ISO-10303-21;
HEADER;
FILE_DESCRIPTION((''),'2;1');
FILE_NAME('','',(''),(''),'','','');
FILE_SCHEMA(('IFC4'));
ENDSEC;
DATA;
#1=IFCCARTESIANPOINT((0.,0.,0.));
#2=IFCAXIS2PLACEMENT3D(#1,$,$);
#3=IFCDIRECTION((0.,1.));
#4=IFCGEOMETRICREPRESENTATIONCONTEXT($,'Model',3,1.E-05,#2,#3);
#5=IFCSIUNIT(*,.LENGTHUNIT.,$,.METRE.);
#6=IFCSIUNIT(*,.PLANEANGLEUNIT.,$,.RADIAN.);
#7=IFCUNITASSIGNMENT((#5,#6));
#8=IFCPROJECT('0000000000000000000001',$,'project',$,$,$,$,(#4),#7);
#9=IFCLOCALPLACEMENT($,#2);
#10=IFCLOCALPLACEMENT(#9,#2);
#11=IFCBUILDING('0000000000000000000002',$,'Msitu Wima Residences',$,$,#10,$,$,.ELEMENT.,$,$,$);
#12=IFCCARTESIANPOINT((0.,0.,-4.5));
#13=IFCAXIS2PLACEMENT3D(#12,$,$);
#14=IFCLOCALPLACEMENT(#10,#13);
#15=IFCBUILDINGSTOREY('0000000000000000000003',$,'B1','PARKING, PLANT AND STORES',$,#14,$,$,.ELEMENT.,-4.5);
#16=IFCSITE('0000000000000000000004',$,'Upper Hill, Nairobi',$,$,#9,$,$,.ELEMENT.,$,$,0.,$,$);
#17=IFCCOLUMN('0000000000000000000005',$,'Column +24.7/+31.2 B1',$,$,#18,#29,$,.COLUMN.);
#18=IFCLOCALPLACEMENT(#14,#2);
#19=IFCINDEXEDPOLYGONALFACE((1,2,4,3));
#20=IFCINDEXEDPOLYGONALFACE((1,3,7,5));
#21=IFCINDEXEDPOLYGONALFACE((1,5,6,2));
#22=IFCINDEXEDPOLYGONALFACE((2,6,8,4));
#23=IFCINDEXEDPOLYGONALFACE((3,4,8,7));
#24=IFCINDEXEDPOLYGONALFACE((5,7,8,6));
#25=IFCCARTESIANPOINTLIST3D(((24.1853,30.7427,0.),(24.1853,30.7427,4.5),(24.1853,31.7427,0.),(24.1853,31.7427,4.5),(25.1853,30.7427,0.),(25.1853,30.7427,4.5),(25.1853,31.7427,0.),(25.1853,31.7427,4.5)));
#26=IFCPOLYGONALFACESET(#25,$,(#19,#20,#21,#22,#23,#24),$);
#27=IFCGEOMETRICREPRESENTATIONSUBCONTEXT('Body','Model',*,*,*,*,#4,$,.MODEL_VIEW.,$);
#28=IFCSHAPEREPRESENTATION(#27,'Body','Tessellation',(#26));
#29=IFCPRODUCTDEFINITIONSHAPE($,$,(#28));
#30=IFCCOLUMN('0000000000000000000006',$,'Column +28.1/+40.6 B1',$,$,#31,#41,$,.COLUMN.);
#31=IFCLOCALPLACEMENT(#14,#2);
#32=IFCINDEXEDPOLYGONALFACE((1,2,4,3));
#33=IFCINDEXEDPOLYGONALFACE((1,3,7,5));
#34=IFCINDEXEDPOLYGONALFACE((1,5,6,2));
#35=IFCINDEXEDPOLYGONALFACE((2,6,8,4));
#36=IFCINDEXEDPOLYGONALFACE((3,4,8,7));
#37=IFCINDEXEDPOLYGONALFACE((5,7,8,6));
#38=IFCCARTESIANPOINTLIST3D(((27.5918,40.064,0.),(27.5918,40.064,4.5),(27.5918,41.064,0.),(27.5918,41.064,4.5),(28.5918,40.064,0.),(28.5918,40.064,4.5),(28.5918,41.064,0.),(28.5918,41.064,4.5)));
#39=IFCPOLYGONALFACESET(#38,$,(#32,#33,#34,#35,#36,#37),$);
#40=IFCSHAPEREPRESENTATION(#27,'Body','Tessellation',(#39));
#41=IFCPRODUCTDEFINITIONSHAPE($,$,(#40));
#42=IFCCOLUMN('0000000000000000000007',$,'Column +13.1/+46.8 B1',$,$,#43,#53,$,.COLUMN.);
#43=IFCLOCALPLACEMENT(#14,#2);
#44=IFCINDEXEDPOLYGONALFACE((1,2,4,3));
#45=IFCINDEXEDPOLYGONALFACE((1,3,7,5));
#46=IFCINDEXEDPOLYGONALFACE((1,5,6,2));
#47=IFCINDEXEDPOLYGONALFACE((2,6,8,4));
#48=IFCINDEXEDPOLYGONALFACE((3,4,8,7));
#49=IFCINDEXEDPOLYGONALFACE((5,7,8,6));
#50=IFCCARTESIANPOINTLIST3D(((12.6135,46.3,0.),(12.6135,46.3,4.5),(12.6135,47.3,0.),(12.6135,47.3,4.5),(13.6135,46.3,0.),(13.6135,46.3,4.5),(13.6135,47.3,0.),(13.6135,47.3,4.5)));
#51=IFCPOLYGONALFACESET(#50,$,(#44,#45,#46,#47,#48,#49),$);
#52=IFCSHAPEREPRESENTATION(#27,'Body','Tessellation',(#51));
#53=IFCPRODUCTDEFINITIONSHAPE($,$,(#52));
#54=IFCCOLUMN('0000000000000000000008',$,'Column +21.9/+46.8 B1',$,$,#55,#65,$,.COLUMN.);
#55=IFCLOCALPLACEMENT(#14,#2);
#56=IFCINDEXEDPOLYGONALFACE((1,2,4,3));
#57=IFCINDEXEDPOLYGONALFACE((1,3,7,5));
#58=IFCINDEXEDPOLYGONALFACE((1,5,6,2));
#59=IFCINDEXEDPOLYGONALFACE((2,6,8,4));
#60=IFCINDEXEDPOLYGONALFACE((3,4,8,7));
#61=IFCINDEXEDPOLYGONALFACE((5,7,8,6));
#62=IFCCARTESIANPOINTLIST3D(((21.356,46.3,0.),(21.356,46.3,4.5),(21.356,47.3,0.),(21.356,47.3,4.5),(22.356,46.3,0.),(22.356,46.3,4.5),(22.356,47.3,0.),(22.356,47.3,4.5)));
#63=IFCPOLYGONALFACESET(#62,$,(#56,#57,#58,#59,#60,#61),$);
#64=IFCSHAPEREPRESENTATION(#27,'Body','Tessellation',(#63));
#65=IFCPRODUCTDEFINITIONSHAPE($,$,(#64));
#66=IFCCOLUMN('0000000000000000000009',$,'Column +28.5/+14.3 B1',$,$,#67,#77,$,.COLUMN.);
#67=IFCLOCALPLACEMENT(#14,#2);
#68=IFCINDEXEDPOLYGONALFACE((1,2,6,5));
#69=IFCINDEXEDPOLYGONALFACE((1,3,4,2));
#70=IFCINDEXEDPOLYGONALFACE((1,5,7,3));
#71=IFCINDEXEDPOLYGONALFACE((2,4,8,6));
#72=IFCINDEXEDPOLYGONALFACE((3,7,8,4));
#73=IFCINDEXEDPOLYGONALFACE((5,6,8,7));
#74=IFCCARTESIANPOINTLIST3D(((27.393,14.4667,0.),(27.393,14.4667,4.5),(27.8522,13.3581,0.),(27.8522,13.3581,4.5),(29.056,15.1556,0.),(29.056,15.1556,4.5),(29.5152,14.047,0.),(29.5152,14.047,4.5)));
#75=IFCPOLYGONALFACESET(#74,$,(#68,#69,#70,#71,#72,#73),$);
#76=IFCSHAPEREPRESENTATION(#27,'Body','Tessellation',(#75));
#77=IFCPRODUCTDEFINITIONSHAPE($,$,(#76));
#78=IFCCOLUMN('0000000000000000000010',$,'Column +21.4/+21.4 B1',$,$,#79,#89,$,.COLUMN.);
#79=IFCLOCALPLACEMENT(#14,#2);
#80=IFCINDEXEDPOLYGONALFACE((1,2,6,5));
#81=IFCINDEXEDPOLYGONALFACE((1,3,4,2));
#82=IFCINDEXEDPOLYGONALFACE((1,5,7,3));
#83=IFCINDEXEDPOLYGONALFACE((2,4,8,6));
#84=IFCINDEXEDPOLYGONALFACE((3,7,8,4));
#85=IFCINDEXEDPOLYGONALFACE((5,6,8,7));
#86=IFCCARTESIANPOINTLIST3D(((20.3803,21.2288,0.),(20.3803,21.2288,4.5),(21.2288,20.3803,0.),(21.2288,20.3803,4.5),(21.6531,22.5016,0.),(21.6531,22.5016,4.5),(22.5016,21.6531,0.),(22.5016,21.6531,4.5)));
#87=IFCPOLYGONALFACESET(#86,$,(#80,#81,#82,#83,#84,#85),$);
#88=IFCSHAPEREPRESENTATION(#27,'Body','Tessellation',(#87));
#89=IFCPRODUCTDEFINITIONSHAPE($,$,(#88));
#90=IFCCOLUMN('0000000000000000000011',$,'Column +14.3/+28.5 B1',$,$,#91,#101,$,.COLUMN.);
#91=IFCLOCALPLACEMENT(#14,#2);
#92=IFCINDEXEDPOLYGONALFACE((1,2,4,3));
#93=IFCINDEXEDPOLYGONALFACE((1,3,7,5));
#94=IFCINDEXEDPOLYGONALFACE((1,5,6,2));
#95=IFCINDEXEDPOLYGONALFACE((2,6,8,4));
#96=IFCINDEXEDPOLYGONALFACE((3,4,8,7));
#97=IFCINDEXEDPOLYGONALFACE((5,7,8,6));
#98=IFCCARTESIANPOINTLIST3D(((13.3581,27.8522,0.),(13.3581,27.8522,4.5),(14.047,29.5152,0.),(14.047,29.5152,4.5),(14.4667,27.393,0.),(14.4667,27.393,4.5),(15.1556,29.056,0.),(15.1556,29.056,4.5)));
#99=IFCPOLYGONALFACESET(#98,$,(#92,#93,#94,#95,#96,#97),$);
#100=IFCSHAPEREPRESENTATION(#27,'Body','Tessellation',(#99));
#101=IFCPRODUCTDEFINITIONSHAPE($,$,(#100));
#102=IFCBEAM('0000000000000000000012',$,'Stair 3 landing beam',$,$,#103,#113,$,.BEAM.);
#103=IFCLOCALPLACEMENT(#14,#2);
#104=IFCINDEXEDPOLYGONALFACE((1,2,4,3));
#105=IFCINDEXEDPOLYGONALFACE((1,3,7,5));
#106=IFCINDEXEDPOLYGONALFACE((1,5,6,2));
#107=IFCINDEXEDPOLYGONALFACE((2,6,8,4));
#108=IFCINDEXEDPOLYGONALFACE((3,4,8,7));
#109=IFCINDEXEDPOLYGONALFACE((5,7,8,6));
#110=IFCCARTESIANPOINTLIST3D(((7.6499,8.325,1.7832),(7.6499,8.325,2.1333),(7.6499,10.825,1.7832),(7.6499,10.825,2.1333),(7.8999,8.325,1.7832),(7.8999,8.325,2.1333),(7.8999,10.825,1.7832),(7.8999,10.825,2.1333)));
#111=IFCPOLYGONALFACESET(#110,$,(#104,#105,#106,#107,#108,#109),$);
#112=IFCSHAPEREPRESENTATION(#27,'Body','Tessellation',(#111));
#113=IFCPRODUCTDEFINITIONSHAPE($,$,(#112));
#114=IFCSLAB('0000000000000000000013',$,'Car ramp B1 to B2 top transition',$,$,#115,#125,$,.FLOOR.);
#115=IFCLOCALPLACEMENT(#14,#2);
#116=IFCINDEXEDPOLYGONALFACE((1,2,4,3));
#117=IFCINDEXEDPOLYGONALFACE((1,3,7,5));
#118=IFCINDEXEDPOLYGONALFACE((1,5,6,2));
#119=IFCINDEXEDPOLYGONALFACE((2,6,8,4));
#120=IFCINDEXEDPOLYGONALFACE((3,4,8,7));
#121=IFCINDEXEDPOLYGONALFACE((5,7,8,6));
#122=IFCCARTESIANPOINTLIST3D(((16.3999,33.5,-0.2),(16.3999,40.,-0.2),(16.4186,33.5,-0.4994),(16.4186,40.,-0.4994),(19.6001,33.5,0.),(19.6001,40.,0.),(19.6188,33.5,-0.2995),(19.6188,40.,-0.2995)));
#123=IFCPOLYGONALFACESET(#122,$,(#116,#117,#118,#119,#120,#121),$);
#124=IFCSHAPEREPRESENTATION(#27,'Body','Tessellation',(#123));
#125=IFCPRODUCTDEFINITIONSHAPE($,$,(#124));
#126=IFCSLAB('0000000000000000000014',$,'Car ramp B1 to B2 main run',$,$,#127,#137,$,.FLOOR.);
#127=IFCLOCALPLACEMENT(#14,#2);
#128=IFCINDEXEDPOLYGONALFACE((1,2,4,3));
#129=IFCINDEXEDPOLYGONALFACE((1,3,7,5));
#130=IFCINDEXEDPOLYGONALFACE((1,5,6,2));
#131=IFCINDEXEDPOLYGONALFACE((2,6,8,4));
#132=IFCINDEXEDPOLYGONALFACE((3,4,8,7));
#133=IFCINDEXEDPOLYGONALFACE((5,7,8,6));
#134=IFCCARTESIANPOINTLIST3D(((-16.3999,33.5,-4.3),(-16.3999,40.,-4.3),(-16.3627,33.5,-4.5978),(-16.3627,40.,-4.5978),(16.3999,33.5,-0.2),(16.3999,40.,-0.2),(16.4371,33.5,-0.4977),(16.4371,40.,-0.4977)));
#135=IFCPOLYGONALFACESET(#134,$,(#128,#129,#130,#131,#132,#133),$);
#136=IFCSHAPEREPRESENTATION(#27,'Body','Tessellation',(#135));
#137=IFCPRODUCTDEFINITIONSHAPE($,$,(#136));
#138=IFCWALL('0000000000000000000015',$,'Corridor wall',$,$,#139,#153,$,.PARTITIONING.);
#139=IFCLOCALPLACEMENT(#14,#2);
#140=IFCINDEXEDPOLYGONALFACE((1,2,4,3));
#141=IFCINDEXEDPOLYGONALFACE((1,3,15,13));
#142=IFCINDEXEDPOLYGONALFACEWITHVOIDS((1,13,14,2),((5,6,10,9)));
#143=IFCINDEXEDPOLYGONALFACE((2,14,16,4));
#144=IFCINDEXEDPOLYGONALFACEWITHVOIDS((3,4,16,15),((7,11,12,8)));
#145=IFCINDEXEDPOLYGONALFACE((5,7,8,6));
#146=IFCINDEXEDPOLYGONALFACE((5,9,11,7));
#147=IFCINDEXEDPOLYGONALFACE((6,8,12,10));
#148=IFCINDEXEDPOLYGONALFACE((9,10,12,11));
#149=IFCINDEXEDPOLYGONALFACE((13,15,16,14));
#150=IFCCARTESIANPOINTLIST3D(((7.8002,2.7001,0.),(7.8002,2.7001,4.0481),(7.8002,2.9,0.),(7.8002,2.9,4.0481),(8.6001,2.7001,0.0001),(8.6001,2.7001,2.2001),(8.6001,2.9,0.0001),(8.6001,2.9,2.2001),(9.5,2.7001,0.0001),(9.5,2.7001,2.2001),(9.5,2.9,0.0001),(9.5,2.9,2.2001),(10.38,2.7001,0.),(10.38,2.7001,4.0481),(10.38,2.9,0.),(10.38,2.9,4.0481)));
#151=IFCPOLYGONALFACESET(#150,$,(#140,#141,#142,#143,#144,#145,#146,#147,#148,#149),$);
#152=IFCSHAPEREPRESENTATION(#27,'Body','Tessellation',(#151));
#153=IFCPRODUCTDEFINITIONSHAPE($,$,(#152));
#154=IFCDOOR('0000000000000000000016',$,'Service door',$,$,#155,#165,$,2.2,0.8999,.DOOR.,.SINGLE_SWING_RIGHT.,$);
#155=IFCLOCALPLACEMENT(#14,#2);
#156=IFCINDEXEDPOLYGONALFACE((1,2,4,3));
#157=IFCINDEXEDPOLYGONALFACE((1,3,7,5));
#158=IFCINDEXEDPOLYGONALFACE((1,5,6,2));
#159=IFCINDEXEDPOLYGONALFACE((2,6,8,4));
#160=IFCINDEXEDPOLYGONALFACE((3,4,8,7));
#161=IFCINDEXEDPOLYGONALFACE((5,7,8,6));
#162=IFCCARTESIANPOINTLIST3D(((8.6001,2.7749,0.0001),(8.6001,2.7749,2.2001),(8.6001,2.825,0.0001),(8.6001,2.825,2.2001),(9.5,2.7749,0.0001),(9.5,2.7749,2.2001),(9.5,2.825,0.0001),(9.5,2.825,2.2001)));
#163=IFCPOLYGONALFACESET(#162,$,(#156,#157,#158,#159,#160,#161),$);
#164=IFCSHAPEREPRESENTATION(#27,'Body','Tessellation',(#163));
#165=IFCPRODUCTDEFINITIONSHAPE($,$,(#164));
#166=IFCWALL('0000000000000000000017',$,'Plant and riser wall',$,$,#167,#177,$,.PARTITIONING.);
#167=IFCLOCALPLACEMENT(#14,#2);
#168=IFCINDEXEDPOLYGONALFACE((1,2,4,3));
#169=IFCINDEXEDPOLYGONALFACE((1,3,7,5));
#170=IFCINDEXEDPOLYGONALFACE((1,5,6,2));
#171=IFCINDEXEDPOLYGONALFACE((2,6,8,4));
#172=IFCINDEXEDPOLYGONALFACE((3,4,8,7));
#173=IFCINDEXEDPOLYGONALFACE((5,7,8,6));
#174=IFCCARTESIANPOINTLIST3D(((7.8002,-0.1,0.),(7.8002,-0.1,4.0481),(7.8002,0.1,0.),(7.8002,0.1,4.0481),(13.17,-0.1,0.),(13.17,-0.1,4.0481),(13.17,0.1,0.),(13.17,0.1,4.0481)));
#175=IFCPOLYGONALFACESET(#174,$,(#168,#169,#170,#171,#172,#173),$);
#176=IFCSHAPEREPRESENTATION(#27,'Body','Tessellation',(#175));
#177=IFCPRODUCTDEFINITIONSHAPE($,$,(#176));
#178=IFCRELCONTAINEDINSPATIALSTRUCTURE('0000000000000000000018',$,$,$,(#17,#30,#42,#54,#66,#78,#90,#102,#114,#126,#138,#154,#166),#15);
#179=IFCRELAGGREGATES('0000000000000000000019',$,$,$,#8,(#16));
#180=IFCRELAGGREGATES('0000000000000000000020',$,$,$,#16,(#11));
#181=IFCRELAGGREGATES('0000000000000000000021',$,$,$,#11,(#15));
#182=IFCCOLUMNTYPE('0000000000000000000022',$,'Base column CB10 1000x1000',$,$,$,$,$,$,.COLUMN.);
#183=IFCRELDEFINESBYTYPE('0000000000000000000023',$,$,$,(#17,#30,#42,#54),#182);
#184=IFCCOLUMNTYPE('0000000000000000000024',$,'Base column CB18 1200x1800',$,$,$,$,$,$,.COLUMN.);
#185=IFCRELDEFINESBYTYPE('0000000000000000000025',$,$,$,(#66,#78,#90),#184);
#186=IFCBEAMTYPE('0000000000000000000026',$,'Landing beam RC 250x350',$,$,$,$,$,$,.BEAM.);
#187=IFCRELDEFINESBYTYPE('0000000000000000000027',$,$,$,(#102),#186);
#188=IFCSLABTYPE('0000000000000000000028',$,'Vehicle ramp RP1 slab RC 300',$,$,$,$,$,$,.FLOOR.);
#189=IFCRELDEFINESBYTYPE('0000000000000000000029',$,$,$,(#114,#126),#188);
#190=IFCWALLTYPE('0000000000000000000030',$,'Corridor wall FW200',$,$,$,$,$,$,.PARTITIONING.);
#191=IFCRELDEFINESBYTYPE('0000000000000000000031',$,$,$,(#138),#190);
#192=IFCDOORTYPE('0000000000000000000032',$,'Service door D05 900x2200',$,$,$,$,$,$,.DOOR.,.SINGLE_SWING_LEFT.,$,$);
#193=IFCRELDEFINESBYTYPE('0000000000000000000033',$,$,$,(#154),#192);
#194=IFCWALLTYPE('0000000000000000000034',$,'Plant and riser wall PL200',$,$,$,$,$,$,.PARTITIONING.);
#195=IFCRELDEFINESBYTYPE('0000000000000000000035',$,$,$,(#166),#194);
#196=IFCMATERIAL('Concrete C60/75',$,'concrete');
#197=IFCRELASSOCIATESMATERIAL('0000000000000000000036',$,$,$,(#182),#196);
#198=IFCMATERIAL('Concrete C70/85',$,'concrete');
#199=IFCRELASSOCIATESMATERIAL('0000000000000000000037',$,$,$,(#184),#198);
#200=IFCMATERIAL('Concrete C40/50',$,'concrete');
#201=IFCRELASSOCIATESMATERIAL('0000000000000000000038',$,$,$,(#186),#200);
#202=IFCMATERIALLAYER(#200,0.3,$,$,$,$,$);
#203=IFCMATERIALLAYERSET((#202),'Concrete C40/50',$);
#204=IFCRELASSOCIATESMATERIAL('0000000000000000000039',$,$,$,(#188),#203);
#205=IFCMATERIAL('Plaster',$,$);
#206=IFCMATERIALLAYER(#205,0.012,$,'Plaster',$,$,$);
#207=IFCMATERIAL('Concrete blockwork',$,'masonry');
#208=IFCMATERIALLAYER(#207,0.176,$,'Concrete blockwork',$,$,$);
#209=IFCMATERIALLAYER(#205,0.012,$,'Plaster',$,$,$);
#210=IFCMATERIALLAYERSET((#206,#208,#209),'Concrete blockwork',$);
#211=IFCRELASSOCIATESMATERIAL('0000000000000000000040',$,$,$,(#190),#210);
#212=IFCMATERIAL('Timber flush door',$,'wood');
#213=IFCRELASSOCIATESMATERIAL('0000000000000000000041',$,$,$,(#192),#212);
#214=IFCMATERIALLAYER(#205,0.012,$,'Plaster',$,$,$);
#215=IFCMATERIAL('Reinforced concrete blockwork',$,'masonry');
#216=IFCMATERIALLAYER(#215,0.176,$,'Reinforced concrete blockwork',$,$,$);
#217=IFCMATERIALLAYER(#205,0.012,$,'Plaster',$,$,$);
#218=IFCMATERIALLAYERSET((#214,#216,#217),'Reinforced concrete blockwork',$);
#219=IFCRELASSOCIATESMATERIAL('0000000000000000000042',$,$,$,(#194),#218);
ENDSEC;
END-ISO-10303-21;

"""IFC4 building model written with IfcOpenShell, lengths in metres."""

from ifc_helpers import new_model, si_unit, direction, frame, frame_2d, origin, origin_2d, place, context, subcontext, project, spatial, polyline, rectangle, outline, extrude, material, layer, layer_set, material_profile, profile_set, type_object, element, fill, save


model = new_model("IFC4")

# Units and contexts
model_context = context("Model", 3, precision=1e-05, world=origin(), true_north=direction((0.0, 1.0)))
body_context = subcontext(model_context, "Body", "Model", "MODEL_VIEW")
ifc_project = project(units=[si_unit("LENGTHUNIT", "METRE"), si_unit("PLANEANGLEUNIT", "RADIAN")], contexts=[model_context])

# Site, building, storey
site_placement = place(None, origin())
site = spatial("IfcSite", under=ifc_project, at=site_placement, Name="Upper Hill, Nairobi", CompositionType="ELEMENT", RefElevation=0.0)
building_placement = place(site_placement, origin())
building = spatial("IfcBuilding", under=site, at=building_placement, Name="Msitu Wima Residences", CompositionType="ELEMENT")
storey_placement = place(building_placement, frame((0.0, 0.0, -4.5)))
storey = spatial("IfcBuildingStorey", under=building, at=storey_placement, Name="B1", Description="PARKING, PLANT AND STORES", CompositionType="ELEMENT", Elevation=-4.5)

# Columns
ifc_material_1 = material(Name="Concrete C60/75", Category="concrete")
ifc_material_profile_1 = material_profile(ifc_material_1, rectangle(XDim=1.0, YDim=1.0, at=origin_2d()), Name="RC 1000x1000")
ifc_profile_set_1 = profile_set([ifc_material_profile_1], Name="Concrete C60/75")
column_type_1 = type_object("IfcColumnType", Name="Base column CB10 1000x1000", PredefinedType="COLUMN", material=ifc_profile_set_1)
for number, where, z_axis, x_axis, name in (
    (1, (24.6853, 31.2427, 0.0), (0.0, 0.0, 1.0), (1.0, 0.0, 0.0), "Column +24.7/+31.2 B1"),
    (2, (28.0918, 40.564, 0.0), (0.0, 0.0, 1.0), (1.0, 0.0, 0.0), "Column +28.1/+40.6 B1"),
    (3, (13.1135, 46.8, 0.0), (0.0, 0.0, 1.0), (1.0, 0.0, 0.0), "Column +13.1/+46.8 B1"),
    (4, (21.856, 46.8, 0.0), (0.0, 0.0, 1.0), (1.0, 0.0, 0.0), "Column +21.9/+46.8 B1"),
):
    element("IfcColumn", number, at=place(storey_placement, frame(where, z_axis=z_axis, x_axis=x_axis)), inside=storey, type_object=column_type_1, Name=name, PredefinedType="COLUMN", context=body_context, shape_type="SweptSolid", body=[
        extrude(rectangle(XDim=1.0, YDim=1.0, at=origin_2d()), origin(), (0.0, 0.0, 1.0), 4.5),
    ])
ifc_material_2 = material(Name="Concrete C70/85", Category="concrete")
ifc_material_profile_2 = material_profile(ifc_material_2, rectangle(XDim=1.2, YDim=1.8, at=origin_2d()), Name="RC 1200x1800")
ifc_profile_set_2 = profile_set([ifc_material_profile_2], Name="Concrete C70/85")
column_type_2 = type_object("IfcColumnType", Name="Base column CB18 1200x1800", PredefinedType="COLUMN", material=ifc_profile_set_2)
for number, where, z_axis, x_axis, name in (
    (5, (28.4541, 14.2568, 0.0), (0.0, 0.0, 1.0), (-0.382683, 0.92388, 0.0), "Column +28.5/+14.3 B1"),
    (6, (21.4409, 21.4409, 0.0), (0.0, 0.0, 1.0), (-0.707107, 0.707107, 0.0), "Column +21.4/+21.4 B1"),
    (7, (14.2568, 28.4541, 0.0), (0.0, 0.0, 1.0), (-0.92388, 0.382683, 0.0), "Column +14.3/+28.5 B1"),
):
    element("IfcColumn", number, at=place(storey_placement, frame(where, z_axis=z_axis, x_axis=x_axis)), inside=storey, type_object=column_type_2, Name=name, PredefinedType="COLUMN", context=body_context, shape_type="SweptSolid", body=[
        extrude(rectangle(XDim=1.2, YDim=1.8, at=origin_2d()), origin(), (0.0, 0.0, 1.0), 4.5),
    ])

# Beam
ifc_material_3 = material(Name="Concrete C40/50", Category="concrete")
ifc_material_profile_3 = material_profile(ifc_material_3, rectangle(XDim=0.25, YDim=0.3501, at=origin_2d()), Name="RC 250x350")
ifc_profile_set_3 = profile_set([ifc_material_profile_3], Name="Concrete C40/50")
beam_type = type_object("IfcBeamType", Name="Landing beam RC 250x350", PredefinedType="BEAM", material=ifc_profile_set_3)
beam_placement = place(storey_placement, frame((7.7749, 8.325, 1.9583), z_axis=(0.0, 1.0, 0.0), x_axis=(-1.0, 0.0, 0.0)))
element("IfcBeam", 8, at=beam_placement, inside=storey, type_object=beam_type, Name="Stair 3 landing beam", PredefinedType="BEAM", context=body_context, shape_type="SweptSolid", body=[
    extrude(rectangle(XDim=0.25, YDim=0.3501, at=origin_2d()), origin(), (0.0, 0.0, 1.0), 2.5),
])

# Slabs
ifc_layer_1 = layer(ifc_material_3, 0.3)
ifc_layer_set_1 = layer_set([ifc_layer_1], Name="Concrete C40/50")
slab_type = type_object("IfcSlabType", Name="Vehicle ramp RP1 slab RC 300", PredefinedType="FLOOR", material=ifc_layer_set_1)
slab_1_placement = place(storey_placement, frame((19.6001, 33.5, 0.0), z_axis=(-0.062359, 0.0, 0.998054), x_axis=(-0.998054, 0.0, -0.062359)))
element("IfcSlab", 9, at=slab_1_placement, inside=storey, type_object=slab_type, Name="Car ramp B1 to B2 top transition", PredefinedType="FLOOR", context=body_context, shape_type="SweptSolid", body=[
    extrude(outline(polyline([(0.0, 0.0), (3.2064, 0.0), (3.2064, -6.5), (0.0, -6.5), (0.0, 0.0)])), origin(), (0.0, 0.0, -1.0), 0.3),
])
slab_2_placement = place(storey_placement, frame((16.3999, 33.5, -0.2), z_axis=(-0.124038, 0.0, 0.992277), x_axis=(-0.992277, 0.0, -0.124038)))
element("IfcSlab", 10, at=slab_2_placement, inside=storey, type_object=slab_type, Name="Car ramp B1 to B2 main run", PredefinedType="FLOOR", context=body_context, shape_type="SweptSolid", body=[
    extrude(outline(polyline([(0.0, 0.0), (33.0551, 0.0), (33.0551, -6.5), (0.0, -6.5), (0.0, 0.0)])), origin(), (0.0, 0.0, -1.0), 0.3),
])

# Wall, opening, door
ifc_material_4 = material(Name="Plaster")
ifc_layer_2 = layer(ifc_material_4, 0.012, Name="Plaster")
ifc_material_5 = material(Name="Concrete blockwork", Category="masonry")
ifc_layer_3 = layer(ifc_material_5, 0.176, Name="Concrete blockwork")
ifc_layer_4 = layer(ifc_material_4, 0.012, Name="Plaster")
ifc_layer_set_2 = layer_set([ifc_layer_2, ifc_layer_3, ifc_layer_4], Name="Concrete blockwork")
wall_type_1 = type_object("IfcWallType", Name="Corridor wall FW200", PredefinedType="PARTITIONING", material=ifc_layer_set_2)
wall_1_placement = place(storey_placement, frame((7.8, 2.8, 0.0), z_axis=(0.0, 0.0, 1.0), x_axis=(1.0, 0.0, 0.0)))
wall_1 = element("IfcWall", 11, at=wall_1_placement, inside=storey, type_object=wall_type_1, Name="Corridor wall", PredefinedType="PARTITIONING", context=body_context, shape_type="SweptSolid", body=[
    extrude(rectangle(XDim=2.5798, YDim=0.2, at=frame_2d((1.29, 0.0))), origin(), (0.0, 0.0, 1.0), 4.0481),
])
opening_1_placement = place(wall_1_placement, frame((0.8, 0.0, 0.0)))
opening_1 = element("IfcOpeningElement", 12, at=opening_1_placement, cuts=wall_1, PredefinedType="OPENING", context=body_context, shape_type="SweptSolid", body=[
    extrude(rectangle(XDim=0.8999, YDim=2.2, at=frame_2d((0.45, 1.1001))), frame((0.0, 0.1099, 0.0), z_axis=(0.0, -1.0, 0.0), x_axis=(1.0, 0.0, 0.0)), (0.0, 0.0, 1.0), 0.22),
])
ifc_material_6 = material(Name="Timber flush door", Category="wood")
door_type_1 = type_object("IfcDoorType", Name="Service door D05 900x2200", OperationType="SINGLE_SWING_LEFT", PredefinedType="DOOR", material=ifc_material_6)
door_1_placement = place(opening_1_placement, origin())
door_1 = element("IfcDoor", 13, at=door_1_placement, inside=storey, type_object=door_type_1, Name="Service door", OperationType="SINGLE_SWING_RIGHT", OverallHeight=2.2, OverallWidth=0.8999, PredefinedType="DOOR", context=body_context, shape_type="SweptSolid", body=[
    extrude(rectangle(XDim=0.8999, YDim=2.2, at=frame_2d((0.45, 1.1001))), frame((0.0, 0.0249, 0.0), z_axis=(0.0, -1.0, 0.0), x_axis=(1.0, 0.0, 0.0)), (0.0, 0.0, 1.0), 0.05),
])
fill(opening_1, door_1)

# Wall
ifc_layer_5 = layer(ifc_material_4, 0.012, Name="Plaster")
ifc_material_7 = material(Name="Reinforced concrete blockwork", Category="masonry")
ifc_layer_6 = layer(ifc_material_7, 0.176, Name="Reinforced concrete blockwork")
ifc_layer_7 = layer(ifc_material_4, 0.012, Name="Plaster")
ifc_layer_set_3 = layer_set([ifc_layer_5, ifc_layer_6, ifc_layer_7], Name="Reinforced concrete blockwork")
wall_type_2 = type_object("IfcWallType", Name="Plant and riser wall PL200", PredefinedType="PARTITIONING", material=ifc_layer_set_3)
wall_2_placement = place(storey_placement, frame((7.8, 0.0, 0.0), z_axis=(0.0, 0.0, 1.0), x_axis=(1.0, 0.0, 0.0)))
element("IfcWall", 14, at=wall_2_placement, inside=storey, type_object=wall_type_2, Name="Plant and riser wall", PredefinedType="PARTITIONING", context=body_context, shape_type="SweptSolid", body=[
    extrude(rectangle(XDim=5.3699, YDim=0.2, at=frame_2d((2.6851, 0.0))), origin(), (0.0, 0.0, 1.0), 4.0481),
])

save(model, "model.ifc")
